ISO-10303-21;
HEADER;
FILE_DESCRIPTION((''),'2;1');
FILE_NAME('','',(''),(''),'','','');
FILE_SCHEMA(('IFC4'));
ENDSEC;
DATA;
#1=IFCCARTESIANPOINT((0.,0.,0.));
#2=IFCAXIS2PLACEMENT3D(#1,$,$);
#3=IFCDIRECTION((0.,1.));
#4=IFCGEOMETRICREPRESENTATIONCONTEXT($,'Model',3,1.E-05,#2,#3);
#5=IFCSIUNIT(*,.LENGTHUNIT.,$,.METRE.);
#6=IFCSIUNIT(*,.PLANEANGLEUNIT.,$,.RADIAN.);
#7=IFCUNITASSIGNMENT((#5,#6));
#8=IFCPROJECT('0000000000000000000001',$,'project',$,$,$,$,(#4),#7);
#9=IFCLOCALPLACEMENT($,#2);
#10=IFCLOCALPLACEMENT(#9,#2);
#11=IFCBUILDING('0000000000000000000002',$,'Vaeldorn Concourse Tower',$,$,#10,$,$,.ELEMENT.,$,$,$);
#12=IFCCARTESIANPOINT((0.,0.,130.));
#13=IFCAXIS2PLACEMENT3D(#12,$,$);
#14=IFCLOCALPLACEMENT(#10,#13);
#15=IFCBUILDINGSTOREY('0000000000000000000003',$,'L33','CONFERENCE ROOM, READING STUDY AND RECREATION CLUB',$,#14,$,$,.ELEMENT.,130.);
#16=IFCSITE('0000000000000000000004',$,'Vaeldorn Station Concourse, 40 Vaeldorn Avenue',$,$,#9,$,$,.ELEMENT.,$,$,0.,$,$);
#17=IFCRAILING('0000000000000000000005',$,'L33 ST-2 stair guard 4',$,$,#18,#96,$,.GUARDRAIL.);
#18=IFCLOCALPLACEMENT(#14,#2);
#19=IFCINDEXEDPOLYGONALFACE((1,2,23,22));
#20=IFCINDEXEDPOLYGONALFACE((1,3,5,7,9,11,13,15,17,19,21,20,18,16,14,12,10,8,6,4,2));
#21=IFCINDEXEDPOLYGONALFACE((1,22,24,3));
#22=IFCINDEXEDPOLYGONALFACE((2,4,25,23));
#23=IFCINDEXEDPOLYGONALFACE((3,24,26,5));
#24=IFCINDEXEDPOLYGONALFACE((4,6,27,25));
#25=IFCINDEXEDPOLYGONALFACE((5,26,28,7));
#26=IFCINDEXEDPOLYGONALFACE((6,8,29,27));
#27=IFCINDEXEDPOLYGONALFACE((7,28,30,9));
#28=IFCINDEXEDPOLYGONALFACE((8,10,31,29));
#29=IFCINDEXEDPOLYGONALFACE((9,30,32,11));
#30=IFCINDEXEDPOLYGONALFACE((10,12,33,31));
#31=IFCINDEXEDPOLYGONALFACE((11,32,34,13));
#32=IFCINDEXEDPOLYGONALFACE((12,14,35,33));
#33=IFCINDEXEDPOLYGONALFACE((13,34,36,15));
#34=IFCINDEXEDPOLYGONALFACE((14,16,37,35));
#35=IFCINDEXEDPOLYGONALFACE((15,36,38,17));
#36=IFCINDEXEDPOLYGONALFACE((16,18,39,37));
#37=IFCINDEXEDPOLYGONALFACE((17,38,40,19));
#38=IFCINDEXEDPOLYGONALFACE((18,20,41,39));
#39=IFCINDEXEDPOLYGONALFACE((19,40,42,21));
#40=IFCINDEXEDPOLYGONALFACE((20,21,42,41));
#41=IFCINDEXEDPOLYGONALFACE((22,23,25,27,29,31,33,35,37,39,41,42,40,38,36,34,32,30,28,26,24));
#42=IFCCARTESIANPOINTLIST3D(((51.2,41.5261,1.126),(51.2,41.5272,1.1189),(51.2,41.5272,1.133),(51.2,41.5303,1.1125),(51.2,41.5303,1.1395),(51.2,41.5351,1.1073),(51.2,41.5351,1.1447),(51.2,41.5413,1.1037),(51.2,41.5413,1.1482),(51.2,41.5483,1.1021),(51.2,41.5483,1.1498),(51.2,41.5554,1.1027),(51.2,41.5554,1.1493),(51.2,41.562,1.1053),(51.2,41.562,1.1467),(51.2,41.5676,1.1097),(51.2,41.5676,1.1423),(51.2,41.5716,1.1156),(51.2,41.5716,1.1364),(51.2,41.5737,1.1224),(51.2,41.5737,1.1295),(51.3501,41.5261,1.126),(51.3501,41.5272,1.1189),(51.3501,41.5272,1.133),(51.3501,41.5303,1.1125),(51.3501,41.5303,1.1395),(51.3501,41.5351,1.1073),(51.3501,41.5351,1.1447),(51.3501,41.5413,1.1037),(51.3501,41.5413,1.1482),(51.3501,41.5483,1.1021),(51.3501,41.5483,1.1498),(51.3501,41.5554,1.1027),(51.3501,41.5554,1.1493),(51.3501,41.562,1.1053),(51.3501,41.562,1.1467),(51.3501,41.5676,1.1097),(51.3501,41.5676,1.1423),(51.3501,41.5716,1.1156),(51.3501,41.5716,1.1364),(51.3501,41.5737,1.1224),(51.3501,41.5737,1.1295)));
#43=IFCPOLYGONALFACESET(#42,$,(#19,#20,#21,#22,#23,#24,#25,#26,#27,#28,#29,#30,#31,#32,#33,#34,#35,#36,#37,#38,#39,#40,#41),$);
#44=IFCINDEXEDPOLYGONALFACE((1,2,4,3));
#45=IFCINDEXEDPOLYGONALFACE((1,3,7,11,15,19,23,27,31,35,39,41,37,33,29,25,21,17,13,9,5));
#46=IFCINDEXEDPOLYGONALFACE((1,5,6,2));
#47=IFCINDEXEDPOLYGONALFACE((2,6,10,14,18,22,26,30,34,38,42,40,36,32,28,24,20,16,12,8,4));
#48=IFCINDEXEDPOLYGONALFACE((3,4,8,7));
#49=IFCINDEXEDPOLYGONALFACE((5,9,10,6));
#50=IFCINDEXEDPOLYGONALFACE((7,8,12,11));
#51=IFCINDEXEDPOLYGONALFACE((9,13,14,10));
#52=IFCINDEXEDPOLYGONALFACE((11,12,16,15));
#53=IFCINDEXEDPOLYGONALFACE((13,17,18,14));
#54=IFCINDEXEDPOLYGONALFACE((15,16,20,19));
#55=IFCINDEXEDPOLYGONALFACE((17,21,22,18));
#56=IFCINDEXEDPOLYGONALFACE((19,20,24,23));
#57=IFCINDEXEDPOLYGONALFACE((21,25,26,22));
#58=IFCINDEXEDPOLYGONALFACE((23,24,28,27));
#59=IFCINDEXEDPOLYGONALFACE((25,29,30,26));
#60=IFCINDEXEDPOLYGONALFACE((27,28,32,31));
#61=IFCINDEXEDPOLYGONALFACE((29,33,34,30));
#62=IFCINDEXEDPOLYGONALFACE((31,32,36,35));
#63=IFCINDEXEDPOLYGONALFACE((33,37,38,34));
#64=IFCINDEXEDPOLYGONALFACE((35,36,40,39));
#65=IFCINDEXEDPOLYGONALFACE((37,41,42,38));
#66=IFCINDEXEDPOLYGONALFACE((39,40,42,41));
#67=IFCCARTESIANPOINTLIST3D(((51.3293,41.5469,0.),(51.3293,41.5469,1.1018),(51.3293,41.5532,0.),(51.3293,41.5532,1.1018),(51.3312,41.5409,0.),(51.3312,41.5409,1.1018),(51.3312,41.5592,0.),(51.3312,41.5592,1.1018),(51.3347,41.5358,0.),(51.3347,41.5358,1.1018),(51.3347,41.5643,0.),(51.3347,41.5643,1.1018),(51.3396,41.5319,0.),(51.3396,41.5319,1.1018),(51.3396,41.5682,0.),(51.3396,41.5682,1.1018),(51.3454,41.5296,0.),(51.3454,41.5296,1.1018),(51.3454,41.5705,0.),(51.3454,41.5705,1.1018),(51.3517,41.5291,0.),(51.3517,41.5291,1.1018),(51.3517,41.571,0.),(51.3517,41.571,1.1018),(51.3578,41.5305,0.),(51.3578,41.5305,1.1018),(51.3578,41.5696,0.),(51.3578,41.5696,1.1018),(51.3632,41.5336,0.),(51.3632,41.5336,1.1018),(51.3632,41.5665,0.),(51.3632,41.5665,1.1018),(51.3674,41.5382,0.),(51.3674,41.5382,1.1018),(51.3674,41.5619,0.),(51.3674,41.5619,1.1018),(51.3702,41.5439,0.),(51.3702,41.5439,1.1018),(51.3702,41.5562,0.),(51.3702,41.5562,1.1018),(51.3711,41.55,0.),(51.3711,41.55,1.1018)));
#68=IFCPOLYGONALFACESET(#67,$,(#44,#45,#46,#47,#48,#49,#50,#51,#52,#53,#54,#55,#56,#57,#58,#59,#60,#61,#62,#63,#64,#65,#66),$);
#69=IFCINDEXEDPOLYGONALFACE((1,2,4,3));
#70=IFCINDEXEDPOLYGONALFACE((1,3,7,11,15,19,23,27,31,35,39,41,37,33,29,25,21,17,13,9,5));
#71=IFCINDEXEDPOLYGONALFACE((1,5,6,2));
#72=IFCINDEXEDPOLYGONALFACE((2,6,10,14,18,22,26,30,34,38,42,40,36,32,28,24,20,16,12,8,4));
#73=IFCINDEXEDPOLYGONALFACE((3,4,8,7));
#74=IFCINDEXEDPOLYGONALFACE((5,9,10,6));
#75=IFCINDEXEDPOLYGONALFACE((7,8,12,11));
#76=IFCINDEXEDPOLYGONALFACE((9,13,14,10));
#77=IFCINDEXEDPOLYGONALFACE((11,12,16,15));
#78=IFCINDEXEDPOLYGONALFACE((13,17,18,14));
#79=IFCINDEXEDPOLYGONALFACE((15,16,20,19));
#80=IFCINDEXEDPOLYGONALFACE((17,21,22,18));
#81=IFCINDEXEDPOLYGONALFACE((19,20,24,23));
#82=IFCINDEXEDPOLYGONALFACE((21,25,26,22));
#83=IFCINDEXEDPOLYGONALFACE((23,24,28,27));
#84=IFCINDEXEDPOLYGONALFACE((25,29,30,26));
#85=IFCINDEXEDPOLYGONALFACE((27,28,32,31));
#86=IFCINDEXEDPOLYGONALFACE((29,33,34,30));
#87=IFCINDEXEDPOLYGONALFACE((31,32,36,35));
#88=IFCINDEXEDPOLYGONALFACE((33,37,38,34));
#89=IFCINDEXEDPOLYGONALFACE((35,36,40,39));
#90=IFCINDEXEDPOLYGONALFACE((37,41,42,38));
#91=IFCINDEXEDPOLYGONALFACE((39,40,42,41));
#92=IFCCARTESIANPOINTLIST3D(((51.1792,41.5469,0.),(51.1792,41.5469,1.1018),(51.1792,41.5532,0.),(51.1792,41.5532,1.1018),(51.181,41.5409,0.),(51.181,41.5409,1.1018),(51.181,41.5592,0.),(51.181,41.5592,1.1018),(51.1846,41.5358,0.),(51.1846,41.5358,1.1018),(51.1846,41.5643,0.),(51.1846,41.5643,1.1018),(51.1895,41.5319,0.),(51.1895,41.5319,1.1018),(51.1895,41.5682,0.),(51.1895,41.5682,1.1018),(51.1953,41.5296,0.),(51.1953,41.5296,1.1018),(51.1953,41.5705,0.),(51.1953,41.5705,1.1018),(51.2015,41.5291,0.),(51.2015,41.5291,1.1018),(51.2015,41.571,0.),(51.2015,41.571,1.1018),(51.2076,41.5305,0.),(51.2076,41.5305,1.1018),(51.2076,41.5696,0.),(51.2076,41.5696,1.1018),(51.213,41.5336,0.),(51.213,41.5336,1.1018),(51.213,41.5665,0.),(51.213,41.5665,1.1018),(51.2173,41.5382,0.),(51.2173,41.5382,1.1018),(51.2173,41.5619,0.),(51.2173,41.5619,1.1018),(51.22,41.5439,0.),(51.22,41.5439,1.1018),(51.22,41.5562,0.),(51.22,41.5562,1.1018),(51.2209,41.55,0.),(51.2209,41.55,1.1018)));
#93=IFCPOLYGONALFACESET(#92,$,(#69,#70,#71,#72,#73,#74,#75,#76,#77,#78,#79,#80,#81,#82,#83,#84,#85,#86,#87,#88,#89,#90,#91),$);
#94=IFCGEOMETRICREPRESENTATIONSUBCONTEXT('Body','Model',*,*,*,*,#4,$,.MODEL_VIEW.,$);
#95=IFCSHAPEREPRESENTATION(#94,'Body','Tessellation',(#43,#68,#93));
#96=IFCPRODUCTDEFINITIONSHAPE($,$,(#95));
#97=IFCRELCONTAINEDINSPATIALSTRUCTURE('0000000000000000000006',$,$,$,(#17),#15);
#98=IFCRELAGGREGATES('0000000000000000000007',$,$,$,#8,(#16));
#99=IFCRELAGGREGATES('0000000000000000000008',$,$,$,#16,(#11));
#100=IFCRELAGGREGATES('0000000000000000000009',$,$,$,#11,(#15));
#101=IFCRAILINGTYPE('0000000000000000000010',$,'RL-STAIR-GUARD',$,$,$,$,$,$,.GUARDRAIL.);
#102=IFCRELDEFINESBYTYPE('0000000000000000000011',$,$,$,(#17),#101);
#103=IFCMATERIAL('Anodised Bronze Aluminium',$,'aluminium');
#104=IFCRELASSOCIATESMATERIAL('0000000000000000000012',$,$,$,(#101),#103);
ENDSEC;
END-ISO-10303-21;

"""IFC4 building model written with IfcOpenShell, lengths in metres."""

from ifc_helpers import new_model, si_unit, direction, frame, origin, origin_2d, place, context, subcontext, project, spatial, circle, extrude, material, type_object, element, save


model = new_model("IFC4")

# Units and contexts
model_context = context("Model", 3, precision=1e-05, world=origin(), true_north=direction((0.0, 1.0)))
body_context = subcontext(model_context, "Body", "Model", "MODEL_VIEW")
ifc_project = project(units=[si_unit("LENGTHUNIT", "METRE"), si_unit("PLANEANGLEUNIT", "RADIAN")], contexts=[model_context])

# Site, building, storey
site_placement = place(None, origin())
site = spatial("IfcSite", under=ifc_project, at=site_placement, Name="Vaeldorn Station Concourse, 40 Vaeldorn Avenue", CompositionType="ELEMENT", RefElevation=0.0)
building_placement = place(site_placement, origin())
building = spatial("IfcBuilding", under=site, at=building_placement, Name="Vaeldorn Concourse Tower", CompositionType="ELEMENT")
storey_placement = place(building_placement, frame((0.0, 0.0, 130.0)))
storey = spatial("IfcBuildingStorey", under=building, at=storey_placement, Name="L33", Description="CONFERENCE ROOM, READING STUDY AND RECREATION CLUB", CompositionType="ELEMENT", Elevation=130.0)

# Shared definitions
ifc_material_1 = material(Name="Anodised Bronze Aluminium", Category="aluminium")

# Railing
railing_type_1 = type_object("IfcRailingType", Name="RL-STAIR-GUARD", PredefinedType="GUARDRAIL", material=ifc_material_1)
railing_1_placement = place(storey_placement, frame((51.3501, 41.55, 0.0)))
element("IfcRailing", 1, at=railing_1_placement, inside=storey, type_object=railing_type_1, Name="L33 ST-2 stair guard 4", PredefinedType="GUARDRAIL", context=body_context, shape_type="SweptSolid", body=[
    extrude(circle(Radius=0.0239, at=origin_2d()), frame((0.0, 0.0, 1.126), z_axis=(-1.0, 0.0, 0.0), x_axis=(0.0, -1.0, 0.0)), (0.0, 0.0, 1.0), 0.1501),
    extrude(circle(Radius=0.021, at=origin_2d()), origin(), (0.0, 0.0, 1.0), 1.1018),
    extrude(circle(Radius=0.021, at=origin_2d()), frame((-0.1501, 0.0, 0.0)), (0.0, 0.0, 1.0), 1.1018),
])

save(model, "model.ifc")
